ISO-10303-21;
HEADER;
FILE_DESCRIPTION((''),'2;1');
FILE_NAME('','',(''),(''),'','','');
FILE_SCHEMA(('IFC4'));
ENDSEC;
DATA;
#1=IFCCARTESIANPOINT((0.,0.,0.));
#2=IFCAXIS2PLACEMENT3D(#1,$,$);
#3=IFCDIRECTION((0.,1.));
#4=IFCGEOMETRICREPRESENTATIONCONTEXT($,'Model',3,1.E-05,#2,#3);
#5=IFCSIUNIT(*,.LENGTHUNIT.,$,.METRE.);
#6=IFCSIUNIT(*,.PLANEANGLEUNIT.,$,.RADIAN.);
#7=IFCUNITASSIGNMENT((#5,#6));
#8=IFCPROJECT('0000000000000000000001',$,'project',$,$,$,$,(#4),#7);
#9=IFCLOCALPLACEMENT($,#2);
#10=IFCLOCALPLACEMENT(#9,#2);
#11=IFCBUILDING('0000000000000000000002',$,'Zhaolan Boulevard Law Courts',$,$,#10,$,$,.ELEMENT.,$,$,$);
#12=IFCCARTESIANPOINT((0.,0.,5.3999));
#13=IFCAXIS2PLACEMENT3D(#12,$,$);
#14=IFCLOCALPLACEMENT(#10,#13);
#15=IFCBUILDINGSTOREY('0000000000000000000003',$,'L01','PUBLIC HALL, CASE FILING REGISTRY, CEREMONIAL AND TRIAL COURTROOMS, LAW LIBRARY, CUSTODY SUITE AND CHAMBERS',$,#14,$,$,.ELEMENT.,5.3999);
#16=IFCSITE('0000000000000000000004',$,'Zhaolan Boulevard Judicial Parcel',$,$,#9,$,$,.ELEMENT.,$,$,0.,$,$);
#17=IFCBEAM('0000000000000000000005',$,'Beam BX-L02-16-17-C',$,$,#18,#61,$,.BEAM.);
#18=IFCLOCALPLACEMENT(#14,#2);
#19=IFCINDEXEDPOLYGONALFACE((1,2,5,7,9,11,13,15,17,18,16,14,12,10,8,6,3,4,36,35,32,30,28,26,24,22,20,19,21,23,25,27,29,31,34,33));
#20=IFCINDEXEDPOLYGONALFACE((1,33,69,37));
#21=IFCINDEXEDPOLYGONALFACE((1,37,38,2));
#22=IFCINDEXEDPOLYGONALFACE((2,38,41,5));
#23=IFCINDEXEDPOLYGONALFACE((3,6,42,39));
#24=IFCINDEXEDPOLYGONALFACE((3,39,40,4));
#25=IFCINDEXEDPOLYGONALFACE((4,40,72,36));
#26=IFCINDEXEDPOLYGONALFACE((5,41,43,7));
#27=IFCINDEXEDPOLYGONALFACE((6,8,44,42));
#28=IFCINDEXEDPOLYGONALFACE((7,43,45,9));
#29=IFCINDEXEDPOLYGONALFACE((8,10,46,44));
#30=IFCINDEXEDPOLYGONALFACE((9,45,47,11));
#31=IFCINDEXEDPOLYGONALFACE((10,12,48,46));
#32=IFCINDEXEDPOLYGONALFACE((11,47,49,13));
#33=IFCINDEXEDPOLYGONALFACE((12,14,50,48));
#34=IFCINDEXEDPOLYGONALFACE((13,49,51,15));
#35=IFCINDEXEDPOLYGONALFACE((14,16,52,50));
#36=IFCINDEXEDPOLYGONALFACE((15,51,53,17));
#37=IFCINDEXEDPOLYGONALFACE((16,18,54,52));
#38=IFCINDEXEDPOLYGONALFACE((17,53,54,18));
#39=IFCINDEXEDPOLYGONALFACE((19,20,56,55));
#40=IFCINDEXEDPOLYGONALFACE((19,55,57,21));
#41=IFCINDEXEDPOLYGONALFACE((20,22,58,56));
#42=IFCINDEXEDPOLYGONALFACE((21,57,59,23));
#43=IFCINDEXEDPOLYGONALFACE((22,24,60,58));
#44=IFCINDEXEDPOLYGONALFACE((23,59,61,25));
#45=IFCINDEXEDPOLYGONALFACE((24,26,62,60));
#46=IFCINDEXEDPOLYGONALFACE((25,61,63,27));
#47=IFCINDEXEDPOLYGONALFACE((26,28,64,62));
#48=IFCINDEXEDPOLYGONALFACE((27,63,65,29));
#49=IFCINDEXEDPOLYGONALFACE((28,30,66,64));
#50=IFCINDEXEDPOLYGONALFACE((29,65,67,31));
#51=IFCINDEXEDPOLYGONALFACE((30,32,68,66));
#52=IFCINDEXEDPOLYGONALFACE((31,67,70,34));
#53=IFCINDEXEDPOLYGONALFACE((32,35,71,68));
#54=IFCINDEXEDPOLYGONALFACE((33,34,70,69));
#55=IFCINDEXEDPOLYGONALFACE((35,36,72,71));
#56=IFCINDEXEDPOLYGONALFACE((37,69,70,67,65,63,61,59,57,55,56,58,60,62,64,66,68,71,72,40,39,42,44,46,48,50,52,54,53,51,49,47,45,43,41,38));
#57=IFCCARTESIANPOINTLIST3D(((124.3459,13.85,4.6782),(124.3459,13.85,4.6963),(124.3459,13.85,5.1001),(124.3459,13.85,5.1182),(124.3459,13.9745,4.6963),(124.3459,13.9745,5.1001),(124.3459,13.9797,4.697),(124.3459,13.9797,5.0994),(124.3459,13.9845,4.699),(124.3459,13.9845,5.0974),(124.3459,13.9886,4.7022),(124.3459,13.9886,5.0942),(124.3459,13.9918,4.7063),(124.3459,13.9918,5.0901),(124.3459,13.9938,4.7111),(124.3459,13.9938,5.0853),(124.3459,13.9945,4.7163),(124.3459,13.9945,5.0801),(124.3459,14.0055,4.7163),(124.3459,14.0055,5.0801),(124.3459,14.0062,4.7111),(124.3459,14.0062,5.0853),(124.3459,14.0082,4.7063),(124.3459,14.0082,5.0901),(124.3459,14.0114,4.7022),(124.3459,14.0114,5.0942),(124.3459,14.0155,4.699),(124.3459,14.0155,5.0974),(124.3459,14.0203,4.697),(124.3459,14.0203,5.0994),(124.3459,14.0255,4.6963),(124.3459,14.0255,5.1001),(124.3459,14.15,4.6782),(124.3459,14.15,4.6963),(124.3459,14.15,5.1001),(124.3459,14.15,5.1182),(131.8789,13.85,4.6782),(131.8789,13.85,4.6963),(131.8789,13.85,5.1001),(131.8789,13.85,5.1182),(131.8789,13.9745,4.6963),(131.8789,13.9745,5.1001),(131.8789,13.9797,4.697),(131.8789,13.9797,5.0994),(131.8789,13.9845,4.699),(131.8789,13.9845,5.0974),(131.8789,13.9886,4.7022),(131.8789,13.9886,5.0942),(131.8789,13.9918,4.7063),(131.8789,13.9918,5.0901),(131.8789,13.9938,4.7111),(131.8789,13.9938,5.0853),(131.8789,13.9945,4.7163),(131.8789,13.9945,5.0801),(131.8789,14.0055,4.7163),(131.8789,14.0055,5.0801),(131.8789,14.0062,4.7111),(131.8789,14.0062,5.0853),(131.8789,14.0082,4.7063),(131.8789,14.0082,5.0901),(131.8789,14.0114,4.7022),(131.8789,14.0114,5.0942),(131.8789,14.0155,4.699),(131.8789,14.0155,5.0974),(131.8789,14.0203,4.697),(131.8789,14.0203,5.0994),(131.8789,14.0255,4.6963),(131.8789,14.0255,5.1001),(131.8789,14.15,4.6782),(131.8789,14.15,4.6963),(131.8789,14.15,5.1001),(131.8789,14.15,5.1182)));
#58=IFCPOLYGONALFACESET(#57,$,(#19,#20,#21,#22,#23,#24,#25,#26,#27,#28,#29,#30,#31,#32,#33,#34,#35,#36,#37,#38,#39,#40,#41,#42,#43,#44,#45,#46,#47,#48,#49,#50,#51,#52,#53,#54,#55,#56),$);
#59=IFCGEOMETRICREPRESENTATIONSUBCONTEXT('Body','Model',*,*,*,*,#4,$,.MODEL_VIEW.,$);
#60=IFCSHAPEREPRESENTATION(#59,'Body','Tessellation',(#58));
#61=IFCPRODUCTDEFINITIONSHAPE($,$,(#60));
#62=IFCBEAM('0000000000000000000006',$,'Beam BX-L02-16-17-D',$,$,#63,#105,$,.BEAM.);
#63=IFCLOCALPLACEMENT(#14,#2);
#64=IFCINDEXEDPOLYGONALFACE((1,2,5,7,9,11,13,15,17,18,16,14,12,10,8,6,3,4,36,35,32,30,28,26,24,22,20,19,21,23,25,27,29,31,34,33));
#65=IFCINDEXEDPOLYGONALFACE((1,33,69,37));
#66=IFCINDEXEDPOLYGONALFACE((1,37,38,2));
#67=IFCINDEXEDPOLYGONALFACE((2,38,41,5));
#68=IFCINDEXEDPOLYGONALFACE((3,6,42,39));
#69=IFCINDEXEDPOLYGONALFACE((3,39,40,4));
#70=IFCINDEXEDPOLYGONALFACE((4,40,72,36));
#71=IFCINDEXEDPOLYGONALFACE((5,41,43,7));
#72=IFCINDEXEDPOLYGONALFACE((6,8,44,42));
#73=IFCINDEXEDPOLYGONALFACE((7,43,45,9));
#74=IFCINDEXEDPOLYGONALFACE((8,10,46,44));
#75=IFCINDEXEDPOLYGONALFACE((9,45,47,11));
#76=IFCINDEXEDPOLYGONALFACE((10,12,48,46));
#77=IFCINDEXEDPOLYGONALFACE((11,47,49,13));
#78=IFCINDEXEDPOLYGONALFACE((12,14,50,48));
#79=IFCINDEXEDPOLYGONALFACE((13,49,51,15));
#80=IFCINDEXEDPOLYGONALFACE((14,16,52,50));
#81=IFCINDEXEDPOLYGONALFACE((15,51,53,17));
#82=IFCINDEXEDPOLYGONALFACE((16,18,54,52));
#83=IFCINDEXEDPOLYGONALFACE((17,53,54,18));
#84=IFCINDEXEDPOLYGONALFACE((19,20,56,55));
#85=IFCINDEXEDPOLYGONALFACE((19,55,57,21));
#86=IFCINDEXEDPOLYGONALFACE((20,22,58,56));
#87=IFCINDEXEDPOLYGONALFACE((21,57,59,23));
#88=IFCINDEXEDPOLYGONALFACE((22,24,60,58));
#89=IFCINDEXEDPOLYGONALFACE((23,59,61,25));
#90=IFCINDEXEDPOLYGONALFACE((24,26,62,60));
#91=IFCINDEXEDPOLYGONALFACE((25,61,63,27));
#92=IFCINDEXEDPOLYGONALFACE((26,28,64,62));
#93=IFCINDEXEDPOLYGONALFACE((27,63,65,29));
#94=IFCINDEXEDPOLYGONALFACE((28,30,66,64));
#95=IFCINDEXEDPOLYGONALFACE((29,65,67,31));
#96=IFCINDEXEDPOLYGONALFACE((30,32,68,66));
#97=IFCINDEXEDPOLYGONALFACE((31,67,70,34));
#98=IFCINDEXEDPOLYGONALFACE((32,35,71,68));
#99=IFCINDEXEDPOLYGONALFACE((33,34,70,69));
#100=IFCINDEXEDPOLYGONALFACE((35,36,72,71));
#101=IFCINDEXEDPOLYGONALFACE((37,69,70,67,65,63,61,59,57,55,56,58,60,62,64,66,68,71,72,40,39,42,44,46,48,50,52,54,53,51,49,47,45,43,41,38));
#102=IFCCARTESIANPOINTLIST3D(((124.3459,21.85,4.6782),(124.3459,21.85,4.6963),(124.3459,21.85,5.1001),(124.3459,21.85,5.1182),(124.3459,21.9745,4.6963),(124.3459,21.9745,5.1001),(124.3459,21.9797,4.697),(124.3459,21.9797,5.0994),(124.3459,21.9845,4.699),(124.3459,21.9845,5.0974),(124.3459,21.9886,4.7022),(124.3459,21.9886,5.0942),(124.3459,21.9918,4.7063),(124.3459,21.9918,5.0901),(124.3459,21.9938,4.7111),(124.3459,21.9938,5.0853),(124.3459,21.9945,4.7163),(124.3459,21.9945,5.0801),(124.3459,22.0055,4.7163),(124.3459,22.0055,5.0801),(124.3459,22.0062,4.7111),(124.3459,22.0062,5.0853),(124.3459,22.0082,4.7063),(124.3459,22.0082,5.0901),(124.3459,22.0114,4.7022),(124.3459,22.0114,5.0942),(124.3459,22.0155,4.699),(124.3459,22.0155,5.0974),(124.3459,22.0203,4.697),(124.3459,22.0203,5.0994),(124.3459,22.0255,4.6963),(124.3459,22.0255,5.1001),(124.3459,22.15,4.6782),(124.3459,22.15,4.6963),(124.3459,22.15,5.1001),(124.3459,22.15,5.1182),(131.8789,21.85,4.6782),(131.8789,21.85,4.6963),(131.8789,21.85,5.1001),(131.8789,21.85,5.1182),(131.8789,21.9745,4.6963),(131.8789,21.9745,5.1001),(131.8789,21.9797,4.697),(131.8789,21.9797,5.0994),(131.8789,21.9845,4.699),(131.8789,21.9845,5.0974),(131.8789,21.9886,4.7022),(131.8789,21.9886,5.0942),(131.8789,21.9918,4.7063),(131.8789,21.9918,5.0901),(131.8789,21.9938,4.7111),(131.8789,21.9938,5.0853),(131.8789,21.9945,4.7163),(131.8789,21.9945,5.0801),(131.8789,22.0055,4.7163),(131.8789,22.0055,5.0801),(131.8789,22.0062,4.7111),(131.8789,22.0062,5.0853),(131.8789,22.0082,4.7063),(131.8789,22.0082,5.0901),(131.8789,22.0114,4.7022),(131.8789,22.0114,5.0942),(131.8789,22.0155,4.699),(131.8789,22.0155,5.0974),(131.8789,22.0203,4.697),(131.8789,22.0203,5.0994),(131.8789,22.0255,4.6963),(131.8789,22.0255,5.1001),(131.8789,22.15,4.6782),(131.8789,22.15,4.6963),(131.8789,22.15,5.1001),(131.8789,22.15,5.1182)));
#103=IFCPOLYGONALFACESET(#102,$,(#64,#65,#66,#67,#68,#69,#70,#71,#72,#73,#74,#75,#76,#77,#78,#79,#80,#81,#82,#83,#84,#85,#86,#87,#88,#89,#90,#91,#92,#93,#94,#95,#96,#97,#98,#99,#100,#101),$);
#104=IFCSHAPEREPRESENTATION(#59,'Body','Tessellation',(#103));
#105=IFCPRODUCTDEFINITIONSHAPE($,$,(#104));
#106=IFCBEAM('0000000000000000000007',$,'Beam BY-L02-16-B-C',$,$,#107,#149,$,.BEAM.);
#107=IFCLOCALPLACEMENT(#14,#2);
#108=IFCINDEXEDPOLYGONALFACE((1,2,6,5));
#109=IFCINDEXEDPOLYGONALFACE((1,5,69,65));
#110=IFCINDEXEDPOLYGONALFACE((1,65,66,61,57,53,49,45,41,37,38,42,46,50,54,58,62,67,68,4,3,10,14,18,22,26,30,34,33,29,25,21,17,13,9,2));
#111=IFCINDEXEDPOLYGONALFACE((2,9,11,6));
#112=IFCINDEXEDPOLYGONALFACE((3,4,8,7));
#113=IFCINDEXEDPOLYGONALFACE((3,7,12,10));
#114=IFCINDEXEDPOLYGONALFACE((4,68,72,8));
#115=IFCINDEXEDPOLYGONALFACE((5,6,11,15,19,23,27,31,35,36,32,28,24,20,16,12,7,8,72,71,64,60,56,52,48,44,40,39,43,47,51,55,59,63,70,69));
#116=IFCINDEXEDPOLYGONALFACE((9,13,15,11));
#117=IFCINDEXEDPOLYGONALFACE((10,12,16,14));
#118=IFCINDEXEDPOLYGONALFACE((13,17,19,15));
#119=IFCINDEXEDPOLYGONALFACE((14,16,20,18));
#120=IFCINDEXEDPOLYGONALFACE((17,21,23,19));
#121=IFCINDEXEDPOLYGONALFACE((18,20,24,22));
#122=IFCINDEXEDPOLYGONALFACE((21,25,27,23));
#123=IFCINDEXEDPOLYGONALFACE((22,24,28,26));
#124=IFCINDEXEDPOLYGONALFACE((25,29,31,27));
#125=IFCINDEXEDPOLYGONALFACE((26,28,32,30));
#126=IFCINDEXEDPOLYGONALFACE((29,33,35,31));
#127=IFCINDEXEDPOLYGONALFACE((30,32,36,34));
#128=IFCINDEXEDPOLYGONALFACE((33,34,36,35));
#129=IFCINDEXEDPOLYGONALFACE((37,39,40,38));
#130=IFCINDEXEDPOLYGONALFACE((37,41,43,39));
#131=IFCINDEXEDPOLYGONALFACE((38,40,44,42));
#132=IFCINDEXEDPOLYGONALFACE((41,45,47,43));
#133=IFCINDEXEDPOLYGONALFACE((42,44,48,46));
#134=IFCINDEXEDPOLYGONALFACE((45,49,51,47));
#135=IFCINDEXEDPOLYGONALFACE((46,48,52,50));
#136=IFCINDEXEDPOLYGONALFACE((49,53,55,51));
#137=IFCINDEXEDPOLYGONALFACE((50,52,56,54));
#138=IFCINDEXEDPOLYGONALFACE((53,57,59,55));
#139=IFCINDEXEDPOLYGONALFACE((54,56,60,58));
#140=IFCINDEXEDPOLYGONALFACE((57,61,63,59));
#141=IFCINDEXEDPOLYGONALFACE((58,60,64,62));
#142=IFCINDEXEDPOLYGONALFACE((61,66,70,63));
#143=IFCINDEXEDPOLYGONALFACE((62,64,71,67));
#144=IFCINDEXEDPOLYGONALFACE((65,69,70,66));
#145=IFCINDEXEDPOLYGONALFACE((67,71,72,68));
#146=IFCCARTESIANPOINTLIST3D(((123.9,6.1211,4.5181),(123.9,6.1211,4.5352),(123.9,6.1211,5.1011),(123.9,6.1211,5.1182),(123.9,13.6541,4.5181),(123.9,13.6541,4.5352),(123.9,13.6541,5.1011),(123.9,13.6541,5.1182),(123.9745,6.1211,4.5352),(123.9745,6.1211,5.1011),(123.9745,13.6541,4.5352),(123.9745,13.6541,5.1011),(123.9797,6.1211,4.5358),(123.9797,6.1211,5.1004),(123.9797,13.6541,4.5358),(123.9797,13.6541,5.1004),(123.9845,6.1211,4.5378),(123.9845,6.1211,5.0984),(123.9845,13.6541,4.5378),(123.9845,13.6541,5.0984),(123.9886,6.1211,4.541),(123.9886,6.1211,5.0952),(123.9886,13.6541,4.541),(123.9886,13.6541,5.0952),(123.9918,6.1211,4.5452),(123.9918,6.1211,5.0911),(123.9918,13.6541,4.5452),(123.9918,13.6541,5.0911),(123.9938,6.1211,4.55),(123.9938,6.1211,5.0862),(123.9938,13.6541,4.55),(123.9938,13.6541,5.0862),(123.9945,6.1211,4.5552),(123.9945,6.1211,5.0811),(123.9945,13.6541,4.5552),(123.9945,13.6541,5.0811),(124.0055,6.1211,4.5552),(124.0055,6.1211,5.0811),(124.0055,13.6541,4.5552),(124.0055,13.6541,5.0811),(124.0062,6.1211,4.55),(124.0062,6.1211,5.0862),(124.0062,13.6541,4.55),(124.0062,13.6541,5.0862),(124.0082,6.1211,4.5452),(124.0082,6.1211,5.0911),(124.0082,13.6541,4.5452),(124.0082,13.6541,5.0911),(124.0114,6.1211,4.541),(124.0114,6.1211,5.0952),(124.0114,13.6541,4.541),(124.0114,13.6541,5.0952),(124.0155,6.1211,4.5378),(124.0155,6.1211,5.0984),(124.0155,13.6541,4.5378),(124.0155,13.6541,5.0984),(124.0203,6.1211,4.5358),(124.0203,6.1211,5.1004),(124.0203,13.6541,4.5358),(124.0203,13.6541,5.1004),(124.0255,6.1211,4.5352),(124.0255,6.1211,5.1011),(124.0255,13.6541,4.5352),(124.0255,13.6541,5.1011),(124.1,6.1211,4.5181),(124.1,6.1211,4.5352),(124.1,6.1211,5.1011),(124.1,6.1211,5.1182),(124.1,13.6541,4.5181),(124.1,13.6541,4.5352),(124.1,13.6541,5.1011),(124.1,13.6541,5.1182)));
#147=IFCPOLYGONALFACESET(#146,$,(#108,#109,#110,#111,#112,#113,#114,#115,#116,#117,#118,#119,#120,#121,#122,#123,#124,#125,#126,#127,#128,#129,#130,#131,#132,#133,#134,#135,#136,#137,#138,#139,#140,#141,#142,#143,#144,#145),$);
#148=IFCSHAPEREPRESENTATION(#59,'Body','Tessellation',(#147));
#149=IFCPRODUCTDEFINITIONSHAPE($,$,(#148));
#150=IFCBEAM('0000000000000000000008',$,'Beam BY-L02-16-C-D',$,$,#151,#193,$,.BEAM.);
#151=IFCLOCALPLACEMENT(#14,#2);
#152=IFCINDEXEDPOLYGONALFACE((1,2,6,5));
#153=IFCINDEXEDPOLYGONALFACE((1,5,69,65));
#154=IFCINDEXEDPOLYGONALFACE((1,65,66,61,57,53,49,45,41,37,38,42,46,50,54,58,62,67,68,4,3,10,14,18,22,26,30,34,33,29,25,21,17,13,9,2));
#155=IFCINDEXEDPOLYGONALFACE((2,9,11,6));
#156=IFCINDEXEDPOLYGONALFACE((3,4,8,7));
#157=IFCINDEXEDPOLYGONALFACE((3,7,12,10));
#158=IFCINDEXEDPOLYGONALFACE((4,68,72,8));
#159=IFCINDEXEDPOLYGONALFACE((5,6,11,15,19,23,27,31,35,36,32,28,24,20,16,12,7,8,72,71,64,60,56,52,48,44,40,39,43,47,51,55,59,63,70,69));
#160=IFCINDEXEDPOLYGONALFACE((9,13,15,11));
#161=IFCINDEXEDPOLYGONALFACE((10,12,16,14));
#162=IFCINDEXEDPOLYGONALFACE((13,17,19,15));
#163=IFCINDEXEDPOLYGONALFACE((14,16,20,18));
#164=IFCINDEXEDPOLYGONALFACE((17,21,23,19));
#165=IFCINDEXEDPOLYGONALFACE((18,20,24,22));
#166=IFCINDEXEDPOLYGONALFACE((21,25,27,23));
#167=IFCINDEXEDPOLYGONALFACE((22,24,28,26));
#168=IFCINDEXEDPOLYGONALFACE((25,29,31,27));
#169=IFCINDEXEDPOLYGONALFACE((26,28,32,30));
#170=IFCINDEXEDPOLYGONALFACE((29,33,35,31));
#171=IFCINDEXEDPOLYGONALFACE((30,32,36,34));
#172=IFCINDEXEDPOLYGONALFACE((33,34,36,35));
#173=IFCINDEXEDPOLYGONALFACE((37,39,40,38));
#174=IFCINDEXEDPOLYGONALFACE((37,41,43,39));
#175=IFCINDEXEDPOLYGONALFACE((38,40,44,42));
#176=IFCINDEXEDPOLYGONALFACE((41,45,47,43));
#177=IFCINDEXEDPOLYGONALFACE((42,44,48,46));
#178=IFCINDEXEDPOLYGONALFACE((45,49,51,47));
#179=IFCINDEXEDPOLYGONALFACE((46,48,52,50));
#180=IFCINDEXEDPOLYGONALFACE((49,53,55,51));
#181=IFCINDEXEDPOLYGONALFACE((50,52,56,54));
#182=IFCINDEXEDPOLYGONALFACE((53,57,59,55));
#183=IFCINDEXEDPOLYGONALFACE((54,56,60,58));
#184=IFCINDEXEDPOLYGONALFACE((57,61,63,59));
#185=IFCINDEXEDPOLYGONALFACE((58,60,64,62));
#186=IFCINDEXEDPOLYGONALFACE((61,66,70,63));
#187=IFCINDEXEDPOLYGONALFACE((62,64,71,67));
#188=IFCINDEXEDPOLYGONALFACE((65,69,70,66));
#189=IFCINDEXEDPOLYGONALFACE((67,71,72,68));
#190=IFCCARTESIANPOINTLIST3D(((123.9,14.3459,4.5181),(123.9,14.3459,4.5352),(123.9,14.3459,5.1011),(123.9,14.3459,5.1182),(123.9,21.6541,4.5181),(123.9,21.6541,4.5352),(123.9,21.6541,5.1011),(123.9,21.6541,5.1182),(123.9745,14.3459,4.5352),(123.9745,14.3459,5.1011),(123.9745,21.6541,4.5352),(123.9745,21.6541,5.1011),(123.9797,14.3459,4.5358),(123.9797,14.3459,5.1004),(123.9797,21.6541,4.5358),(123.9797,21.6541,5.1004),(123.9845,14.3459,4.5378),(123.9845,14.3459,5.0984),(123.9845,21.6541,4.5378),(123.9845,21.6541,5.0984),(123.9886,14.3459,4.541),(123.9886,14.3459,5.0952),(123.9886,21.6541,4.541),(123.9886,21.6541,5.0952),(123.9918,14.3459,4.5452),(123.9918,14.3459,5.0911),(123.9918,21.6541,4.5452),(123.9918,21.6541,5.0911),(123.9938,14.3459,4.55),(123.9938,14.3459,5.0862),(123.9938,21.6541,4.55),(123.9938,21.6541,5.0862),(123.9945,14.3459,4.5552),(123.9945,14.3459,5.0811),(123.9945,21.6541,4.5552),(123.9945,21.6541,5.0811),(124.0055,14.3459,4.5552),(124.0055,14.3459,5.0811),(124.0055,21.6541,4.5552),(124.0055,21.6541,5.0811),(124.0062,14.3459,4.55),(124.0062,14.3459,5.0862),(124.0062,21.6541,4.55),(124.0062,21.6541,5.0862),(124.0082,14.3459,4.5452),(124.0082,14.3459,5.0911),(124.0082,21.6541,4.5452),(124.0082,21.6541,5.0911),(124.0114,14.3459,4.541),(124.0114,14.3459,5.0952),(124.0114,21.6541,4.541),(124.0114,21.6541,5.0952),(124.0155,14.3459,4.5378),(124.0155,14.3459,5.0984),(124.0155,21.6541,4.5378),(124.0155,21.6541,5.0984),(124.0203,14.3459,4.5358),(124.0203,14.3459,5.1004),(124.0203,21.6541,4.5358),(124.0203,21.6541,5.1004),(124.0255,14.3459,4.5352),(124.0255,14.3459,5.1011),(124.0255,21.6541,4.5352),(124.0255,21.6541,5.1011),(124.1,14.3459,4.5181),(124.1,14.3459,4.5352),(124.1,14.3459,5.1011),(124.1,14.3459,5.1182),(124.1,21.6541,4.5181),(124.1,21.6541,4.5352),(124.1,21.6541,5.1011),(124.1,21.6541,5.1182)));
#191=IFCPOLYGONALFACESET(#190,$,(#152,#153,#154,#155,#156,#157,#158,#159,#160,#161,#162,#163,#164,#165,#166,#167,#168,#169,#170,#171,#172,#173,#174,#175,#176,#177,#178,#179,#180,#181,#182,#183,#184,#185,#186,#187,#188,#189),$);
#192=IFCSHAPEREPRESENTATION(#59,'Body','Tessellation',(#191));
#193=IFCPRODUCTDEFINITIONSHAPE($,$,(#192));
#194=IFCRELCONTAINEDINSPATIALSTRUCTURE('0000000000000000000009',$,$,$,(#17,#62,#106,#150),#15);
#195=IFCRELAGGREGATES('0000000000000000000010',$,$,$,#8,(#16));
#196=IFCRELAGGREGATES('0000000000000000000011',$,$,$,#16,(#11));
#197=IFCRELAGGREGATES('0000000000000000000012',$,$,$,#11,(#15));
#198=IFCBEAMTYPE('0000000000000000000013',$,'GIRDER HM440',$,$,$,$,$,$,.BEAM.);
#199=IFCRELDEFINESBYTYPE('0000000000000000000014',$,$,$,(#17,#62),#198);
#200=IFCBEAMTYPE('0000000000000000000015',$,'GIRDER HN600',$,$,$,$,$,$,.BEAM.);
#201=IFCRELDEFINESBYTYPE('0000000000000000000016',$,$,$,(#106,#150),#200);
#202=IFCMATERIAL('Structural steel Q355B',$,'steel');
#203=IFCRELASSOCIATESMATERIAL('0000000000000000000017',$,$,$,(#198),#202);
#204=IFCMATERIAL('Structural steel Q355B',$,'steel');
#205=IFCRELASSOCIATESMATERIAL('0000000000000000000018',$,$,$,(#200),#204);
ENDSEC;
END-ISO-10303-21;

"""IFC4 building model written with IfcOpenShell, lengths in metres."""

from ifc_helpers import new_model, si_unit, direction, frame, origin, origin_2d, place, context, subcontext, project, spatial, i_section, extrude, material, material_profile, profile_set, type_object, element, save


model = new_model("IFC4")

# Units and contexts
model_context = context("Model", 3, precision=1e-05, world=origin(), true_north=direction((0.0, 1.0)))
body_context = subcontext(model_context, "Body", "Model", "MODEL_VIEW")
ifc_project = project(units=[si_unit("LENGTHUNIT", "METRE"), si_unit("PLANEANGLEUNIT", "RADIAN")], contexts=[model_context])

# Site, building, storey
site_placement = place(None, origin())
site = spatial("IfcSite", under=ifc_project, at=site_placement, Name="Zhaolan Boulevard Judicial Parcel", CompositionType="ELEMENT", RefElevation=0.0)
building_placement = place(site_placement, origin())
building = spatial("IfcBuilding", under=site, at=building_placement, Name="Zhaolan Boulevard Law Courts", CompositionType="ELEMENT")
storey_placement = place(building_placement, frame((0.0, 0.0, 5.3999)))
storey = spatial("IfcBuildingStorey", under=building, at=storey_placement, Name="L01", Description="PUBLIC HALL, CASE FILING REGISTRY, CEREMONIAL AND TRIAL COURTROOMS, LAW LIBRARY, CUSTODY SUITE AND CHAMBERS", CompositionType="ELEMENT", Elevation=5.3999)

# Beams
ifc_material_1 = material(Name="Structural steel Q355B", Category="steel")
ifc_material_profile_1 = material_profile(ifc_material_1, i_section(OverallWidth=0.3, OverallDepth=0.4399, WebThickness=0.011, FlangeThickness=0.0181, FilletRadius=0.02, at=origin_2d()), Name="HM440x300")
ifc_profile_set_1 = profile_set([ifc_material_profile_1], Name="Structural steel Q355B")
beam_type_1 = type_object("IfcBeamType", Name="GIRDER HM440", PredefinedType="BEAM", material=ifc_profile_set_1)
for number, where, z_axis, x_axis, name in (
    (1, (124.3459, 14.0, 4.8982), (1.0, 0.0, 0.0), (0.0, 1.0, 0.0), "Beam BX-L02-16-17-C"),
    (2, (124.3459, 22.0, 4.8982), (1.0, 0.0, 0.0), (0.0, 1.0, 0.0), "Beam BX-L02-16-17-D"),
):
    element("IfcBeam", number, at=place(storey_placement, frame(where, z_axis=z_axis, x_axis=x_axis)), inside=storey, type_object=beam_type_1, Name=name, PredefinedType="BEAM", context=body_context, shape_type="SweptSolid", body=[
        extrude(i_section(OverallWidth=0.3, OverallDepth=0.4399, WebThickness=0.011, FlangeThickness=0.0181, FilletRadius=0.02, at=origin_2d()), origin(), (0.0, 0.0, 1.0), 7.533),
    ])
ifc_material_2 = material(Name="Structural steel Q355B", Category="steel")
ifc_material_profile_2 = material_profile(ifc_material_2, i_section(OverallWidth=0.2, OverallDepth=0.6001, WebThickness=0.011, FlangeThickness=0.0171, FilletRadius=0.02, at=origin_2d()), Name="HN600x200")
ifc_profile_set_2 = profile_set([ifc_material_profile_2], Name="Structural steel Q355B")
beam_type_2 = type_object("IfcBeamType", Name="GIRDER HN600", PredefinedType="BEAM", material=ifc_profile_set_2)
beam_1_placement = place(storey_placement, frame((124.0, 6.1211, 4.8181), z_axis=(0.0, 1.0, 0.0), x_axis=(-1.0, 0.0, 0.0)))
element("IfcBeam", 3, at=beam_1_placement, inside=storey, type_object=beam_type_2, Name="Beam BY-L02-16-B-C", PredefinedType="BEAM", context=body_context, shape_type="SweptSolid", body=[
    extrude(i_section(OverallWidth=0.2, OverallDepth=0.6001, WebThickness=0.011, FlangeThickness=0.0171, FilletRadius=0.02, at=origin_2d()), origin(), (0.0, 0.0, 1.0), 7.533),
])
beam_2_placement = place(storey_placement, frame((124.0, 14.3459, 4.8181), z_axis=(0.0, 1.0, 0.0), x_axis=(-1.0, 0.0, 0.0)))
element("IfcBeam", 4, at=beam_2_placement, inside=storey, type_object=beam_type_2, Name="Beam BY-L02-16-C-D", PredefinedType="BEAM", context=body_context, shape_type="SweptSolid", body=[
    extrude(i_section(OverallWidth=0.2, OverallDepth=0.6001, WebThickness=0.011, FlangeThickness=0.0171, FilletRadius=0.02, at=origin_2d()), origin(), (0.0, 0.0, 1.0), 7.3081),
])

save(model, "model.ifc")
